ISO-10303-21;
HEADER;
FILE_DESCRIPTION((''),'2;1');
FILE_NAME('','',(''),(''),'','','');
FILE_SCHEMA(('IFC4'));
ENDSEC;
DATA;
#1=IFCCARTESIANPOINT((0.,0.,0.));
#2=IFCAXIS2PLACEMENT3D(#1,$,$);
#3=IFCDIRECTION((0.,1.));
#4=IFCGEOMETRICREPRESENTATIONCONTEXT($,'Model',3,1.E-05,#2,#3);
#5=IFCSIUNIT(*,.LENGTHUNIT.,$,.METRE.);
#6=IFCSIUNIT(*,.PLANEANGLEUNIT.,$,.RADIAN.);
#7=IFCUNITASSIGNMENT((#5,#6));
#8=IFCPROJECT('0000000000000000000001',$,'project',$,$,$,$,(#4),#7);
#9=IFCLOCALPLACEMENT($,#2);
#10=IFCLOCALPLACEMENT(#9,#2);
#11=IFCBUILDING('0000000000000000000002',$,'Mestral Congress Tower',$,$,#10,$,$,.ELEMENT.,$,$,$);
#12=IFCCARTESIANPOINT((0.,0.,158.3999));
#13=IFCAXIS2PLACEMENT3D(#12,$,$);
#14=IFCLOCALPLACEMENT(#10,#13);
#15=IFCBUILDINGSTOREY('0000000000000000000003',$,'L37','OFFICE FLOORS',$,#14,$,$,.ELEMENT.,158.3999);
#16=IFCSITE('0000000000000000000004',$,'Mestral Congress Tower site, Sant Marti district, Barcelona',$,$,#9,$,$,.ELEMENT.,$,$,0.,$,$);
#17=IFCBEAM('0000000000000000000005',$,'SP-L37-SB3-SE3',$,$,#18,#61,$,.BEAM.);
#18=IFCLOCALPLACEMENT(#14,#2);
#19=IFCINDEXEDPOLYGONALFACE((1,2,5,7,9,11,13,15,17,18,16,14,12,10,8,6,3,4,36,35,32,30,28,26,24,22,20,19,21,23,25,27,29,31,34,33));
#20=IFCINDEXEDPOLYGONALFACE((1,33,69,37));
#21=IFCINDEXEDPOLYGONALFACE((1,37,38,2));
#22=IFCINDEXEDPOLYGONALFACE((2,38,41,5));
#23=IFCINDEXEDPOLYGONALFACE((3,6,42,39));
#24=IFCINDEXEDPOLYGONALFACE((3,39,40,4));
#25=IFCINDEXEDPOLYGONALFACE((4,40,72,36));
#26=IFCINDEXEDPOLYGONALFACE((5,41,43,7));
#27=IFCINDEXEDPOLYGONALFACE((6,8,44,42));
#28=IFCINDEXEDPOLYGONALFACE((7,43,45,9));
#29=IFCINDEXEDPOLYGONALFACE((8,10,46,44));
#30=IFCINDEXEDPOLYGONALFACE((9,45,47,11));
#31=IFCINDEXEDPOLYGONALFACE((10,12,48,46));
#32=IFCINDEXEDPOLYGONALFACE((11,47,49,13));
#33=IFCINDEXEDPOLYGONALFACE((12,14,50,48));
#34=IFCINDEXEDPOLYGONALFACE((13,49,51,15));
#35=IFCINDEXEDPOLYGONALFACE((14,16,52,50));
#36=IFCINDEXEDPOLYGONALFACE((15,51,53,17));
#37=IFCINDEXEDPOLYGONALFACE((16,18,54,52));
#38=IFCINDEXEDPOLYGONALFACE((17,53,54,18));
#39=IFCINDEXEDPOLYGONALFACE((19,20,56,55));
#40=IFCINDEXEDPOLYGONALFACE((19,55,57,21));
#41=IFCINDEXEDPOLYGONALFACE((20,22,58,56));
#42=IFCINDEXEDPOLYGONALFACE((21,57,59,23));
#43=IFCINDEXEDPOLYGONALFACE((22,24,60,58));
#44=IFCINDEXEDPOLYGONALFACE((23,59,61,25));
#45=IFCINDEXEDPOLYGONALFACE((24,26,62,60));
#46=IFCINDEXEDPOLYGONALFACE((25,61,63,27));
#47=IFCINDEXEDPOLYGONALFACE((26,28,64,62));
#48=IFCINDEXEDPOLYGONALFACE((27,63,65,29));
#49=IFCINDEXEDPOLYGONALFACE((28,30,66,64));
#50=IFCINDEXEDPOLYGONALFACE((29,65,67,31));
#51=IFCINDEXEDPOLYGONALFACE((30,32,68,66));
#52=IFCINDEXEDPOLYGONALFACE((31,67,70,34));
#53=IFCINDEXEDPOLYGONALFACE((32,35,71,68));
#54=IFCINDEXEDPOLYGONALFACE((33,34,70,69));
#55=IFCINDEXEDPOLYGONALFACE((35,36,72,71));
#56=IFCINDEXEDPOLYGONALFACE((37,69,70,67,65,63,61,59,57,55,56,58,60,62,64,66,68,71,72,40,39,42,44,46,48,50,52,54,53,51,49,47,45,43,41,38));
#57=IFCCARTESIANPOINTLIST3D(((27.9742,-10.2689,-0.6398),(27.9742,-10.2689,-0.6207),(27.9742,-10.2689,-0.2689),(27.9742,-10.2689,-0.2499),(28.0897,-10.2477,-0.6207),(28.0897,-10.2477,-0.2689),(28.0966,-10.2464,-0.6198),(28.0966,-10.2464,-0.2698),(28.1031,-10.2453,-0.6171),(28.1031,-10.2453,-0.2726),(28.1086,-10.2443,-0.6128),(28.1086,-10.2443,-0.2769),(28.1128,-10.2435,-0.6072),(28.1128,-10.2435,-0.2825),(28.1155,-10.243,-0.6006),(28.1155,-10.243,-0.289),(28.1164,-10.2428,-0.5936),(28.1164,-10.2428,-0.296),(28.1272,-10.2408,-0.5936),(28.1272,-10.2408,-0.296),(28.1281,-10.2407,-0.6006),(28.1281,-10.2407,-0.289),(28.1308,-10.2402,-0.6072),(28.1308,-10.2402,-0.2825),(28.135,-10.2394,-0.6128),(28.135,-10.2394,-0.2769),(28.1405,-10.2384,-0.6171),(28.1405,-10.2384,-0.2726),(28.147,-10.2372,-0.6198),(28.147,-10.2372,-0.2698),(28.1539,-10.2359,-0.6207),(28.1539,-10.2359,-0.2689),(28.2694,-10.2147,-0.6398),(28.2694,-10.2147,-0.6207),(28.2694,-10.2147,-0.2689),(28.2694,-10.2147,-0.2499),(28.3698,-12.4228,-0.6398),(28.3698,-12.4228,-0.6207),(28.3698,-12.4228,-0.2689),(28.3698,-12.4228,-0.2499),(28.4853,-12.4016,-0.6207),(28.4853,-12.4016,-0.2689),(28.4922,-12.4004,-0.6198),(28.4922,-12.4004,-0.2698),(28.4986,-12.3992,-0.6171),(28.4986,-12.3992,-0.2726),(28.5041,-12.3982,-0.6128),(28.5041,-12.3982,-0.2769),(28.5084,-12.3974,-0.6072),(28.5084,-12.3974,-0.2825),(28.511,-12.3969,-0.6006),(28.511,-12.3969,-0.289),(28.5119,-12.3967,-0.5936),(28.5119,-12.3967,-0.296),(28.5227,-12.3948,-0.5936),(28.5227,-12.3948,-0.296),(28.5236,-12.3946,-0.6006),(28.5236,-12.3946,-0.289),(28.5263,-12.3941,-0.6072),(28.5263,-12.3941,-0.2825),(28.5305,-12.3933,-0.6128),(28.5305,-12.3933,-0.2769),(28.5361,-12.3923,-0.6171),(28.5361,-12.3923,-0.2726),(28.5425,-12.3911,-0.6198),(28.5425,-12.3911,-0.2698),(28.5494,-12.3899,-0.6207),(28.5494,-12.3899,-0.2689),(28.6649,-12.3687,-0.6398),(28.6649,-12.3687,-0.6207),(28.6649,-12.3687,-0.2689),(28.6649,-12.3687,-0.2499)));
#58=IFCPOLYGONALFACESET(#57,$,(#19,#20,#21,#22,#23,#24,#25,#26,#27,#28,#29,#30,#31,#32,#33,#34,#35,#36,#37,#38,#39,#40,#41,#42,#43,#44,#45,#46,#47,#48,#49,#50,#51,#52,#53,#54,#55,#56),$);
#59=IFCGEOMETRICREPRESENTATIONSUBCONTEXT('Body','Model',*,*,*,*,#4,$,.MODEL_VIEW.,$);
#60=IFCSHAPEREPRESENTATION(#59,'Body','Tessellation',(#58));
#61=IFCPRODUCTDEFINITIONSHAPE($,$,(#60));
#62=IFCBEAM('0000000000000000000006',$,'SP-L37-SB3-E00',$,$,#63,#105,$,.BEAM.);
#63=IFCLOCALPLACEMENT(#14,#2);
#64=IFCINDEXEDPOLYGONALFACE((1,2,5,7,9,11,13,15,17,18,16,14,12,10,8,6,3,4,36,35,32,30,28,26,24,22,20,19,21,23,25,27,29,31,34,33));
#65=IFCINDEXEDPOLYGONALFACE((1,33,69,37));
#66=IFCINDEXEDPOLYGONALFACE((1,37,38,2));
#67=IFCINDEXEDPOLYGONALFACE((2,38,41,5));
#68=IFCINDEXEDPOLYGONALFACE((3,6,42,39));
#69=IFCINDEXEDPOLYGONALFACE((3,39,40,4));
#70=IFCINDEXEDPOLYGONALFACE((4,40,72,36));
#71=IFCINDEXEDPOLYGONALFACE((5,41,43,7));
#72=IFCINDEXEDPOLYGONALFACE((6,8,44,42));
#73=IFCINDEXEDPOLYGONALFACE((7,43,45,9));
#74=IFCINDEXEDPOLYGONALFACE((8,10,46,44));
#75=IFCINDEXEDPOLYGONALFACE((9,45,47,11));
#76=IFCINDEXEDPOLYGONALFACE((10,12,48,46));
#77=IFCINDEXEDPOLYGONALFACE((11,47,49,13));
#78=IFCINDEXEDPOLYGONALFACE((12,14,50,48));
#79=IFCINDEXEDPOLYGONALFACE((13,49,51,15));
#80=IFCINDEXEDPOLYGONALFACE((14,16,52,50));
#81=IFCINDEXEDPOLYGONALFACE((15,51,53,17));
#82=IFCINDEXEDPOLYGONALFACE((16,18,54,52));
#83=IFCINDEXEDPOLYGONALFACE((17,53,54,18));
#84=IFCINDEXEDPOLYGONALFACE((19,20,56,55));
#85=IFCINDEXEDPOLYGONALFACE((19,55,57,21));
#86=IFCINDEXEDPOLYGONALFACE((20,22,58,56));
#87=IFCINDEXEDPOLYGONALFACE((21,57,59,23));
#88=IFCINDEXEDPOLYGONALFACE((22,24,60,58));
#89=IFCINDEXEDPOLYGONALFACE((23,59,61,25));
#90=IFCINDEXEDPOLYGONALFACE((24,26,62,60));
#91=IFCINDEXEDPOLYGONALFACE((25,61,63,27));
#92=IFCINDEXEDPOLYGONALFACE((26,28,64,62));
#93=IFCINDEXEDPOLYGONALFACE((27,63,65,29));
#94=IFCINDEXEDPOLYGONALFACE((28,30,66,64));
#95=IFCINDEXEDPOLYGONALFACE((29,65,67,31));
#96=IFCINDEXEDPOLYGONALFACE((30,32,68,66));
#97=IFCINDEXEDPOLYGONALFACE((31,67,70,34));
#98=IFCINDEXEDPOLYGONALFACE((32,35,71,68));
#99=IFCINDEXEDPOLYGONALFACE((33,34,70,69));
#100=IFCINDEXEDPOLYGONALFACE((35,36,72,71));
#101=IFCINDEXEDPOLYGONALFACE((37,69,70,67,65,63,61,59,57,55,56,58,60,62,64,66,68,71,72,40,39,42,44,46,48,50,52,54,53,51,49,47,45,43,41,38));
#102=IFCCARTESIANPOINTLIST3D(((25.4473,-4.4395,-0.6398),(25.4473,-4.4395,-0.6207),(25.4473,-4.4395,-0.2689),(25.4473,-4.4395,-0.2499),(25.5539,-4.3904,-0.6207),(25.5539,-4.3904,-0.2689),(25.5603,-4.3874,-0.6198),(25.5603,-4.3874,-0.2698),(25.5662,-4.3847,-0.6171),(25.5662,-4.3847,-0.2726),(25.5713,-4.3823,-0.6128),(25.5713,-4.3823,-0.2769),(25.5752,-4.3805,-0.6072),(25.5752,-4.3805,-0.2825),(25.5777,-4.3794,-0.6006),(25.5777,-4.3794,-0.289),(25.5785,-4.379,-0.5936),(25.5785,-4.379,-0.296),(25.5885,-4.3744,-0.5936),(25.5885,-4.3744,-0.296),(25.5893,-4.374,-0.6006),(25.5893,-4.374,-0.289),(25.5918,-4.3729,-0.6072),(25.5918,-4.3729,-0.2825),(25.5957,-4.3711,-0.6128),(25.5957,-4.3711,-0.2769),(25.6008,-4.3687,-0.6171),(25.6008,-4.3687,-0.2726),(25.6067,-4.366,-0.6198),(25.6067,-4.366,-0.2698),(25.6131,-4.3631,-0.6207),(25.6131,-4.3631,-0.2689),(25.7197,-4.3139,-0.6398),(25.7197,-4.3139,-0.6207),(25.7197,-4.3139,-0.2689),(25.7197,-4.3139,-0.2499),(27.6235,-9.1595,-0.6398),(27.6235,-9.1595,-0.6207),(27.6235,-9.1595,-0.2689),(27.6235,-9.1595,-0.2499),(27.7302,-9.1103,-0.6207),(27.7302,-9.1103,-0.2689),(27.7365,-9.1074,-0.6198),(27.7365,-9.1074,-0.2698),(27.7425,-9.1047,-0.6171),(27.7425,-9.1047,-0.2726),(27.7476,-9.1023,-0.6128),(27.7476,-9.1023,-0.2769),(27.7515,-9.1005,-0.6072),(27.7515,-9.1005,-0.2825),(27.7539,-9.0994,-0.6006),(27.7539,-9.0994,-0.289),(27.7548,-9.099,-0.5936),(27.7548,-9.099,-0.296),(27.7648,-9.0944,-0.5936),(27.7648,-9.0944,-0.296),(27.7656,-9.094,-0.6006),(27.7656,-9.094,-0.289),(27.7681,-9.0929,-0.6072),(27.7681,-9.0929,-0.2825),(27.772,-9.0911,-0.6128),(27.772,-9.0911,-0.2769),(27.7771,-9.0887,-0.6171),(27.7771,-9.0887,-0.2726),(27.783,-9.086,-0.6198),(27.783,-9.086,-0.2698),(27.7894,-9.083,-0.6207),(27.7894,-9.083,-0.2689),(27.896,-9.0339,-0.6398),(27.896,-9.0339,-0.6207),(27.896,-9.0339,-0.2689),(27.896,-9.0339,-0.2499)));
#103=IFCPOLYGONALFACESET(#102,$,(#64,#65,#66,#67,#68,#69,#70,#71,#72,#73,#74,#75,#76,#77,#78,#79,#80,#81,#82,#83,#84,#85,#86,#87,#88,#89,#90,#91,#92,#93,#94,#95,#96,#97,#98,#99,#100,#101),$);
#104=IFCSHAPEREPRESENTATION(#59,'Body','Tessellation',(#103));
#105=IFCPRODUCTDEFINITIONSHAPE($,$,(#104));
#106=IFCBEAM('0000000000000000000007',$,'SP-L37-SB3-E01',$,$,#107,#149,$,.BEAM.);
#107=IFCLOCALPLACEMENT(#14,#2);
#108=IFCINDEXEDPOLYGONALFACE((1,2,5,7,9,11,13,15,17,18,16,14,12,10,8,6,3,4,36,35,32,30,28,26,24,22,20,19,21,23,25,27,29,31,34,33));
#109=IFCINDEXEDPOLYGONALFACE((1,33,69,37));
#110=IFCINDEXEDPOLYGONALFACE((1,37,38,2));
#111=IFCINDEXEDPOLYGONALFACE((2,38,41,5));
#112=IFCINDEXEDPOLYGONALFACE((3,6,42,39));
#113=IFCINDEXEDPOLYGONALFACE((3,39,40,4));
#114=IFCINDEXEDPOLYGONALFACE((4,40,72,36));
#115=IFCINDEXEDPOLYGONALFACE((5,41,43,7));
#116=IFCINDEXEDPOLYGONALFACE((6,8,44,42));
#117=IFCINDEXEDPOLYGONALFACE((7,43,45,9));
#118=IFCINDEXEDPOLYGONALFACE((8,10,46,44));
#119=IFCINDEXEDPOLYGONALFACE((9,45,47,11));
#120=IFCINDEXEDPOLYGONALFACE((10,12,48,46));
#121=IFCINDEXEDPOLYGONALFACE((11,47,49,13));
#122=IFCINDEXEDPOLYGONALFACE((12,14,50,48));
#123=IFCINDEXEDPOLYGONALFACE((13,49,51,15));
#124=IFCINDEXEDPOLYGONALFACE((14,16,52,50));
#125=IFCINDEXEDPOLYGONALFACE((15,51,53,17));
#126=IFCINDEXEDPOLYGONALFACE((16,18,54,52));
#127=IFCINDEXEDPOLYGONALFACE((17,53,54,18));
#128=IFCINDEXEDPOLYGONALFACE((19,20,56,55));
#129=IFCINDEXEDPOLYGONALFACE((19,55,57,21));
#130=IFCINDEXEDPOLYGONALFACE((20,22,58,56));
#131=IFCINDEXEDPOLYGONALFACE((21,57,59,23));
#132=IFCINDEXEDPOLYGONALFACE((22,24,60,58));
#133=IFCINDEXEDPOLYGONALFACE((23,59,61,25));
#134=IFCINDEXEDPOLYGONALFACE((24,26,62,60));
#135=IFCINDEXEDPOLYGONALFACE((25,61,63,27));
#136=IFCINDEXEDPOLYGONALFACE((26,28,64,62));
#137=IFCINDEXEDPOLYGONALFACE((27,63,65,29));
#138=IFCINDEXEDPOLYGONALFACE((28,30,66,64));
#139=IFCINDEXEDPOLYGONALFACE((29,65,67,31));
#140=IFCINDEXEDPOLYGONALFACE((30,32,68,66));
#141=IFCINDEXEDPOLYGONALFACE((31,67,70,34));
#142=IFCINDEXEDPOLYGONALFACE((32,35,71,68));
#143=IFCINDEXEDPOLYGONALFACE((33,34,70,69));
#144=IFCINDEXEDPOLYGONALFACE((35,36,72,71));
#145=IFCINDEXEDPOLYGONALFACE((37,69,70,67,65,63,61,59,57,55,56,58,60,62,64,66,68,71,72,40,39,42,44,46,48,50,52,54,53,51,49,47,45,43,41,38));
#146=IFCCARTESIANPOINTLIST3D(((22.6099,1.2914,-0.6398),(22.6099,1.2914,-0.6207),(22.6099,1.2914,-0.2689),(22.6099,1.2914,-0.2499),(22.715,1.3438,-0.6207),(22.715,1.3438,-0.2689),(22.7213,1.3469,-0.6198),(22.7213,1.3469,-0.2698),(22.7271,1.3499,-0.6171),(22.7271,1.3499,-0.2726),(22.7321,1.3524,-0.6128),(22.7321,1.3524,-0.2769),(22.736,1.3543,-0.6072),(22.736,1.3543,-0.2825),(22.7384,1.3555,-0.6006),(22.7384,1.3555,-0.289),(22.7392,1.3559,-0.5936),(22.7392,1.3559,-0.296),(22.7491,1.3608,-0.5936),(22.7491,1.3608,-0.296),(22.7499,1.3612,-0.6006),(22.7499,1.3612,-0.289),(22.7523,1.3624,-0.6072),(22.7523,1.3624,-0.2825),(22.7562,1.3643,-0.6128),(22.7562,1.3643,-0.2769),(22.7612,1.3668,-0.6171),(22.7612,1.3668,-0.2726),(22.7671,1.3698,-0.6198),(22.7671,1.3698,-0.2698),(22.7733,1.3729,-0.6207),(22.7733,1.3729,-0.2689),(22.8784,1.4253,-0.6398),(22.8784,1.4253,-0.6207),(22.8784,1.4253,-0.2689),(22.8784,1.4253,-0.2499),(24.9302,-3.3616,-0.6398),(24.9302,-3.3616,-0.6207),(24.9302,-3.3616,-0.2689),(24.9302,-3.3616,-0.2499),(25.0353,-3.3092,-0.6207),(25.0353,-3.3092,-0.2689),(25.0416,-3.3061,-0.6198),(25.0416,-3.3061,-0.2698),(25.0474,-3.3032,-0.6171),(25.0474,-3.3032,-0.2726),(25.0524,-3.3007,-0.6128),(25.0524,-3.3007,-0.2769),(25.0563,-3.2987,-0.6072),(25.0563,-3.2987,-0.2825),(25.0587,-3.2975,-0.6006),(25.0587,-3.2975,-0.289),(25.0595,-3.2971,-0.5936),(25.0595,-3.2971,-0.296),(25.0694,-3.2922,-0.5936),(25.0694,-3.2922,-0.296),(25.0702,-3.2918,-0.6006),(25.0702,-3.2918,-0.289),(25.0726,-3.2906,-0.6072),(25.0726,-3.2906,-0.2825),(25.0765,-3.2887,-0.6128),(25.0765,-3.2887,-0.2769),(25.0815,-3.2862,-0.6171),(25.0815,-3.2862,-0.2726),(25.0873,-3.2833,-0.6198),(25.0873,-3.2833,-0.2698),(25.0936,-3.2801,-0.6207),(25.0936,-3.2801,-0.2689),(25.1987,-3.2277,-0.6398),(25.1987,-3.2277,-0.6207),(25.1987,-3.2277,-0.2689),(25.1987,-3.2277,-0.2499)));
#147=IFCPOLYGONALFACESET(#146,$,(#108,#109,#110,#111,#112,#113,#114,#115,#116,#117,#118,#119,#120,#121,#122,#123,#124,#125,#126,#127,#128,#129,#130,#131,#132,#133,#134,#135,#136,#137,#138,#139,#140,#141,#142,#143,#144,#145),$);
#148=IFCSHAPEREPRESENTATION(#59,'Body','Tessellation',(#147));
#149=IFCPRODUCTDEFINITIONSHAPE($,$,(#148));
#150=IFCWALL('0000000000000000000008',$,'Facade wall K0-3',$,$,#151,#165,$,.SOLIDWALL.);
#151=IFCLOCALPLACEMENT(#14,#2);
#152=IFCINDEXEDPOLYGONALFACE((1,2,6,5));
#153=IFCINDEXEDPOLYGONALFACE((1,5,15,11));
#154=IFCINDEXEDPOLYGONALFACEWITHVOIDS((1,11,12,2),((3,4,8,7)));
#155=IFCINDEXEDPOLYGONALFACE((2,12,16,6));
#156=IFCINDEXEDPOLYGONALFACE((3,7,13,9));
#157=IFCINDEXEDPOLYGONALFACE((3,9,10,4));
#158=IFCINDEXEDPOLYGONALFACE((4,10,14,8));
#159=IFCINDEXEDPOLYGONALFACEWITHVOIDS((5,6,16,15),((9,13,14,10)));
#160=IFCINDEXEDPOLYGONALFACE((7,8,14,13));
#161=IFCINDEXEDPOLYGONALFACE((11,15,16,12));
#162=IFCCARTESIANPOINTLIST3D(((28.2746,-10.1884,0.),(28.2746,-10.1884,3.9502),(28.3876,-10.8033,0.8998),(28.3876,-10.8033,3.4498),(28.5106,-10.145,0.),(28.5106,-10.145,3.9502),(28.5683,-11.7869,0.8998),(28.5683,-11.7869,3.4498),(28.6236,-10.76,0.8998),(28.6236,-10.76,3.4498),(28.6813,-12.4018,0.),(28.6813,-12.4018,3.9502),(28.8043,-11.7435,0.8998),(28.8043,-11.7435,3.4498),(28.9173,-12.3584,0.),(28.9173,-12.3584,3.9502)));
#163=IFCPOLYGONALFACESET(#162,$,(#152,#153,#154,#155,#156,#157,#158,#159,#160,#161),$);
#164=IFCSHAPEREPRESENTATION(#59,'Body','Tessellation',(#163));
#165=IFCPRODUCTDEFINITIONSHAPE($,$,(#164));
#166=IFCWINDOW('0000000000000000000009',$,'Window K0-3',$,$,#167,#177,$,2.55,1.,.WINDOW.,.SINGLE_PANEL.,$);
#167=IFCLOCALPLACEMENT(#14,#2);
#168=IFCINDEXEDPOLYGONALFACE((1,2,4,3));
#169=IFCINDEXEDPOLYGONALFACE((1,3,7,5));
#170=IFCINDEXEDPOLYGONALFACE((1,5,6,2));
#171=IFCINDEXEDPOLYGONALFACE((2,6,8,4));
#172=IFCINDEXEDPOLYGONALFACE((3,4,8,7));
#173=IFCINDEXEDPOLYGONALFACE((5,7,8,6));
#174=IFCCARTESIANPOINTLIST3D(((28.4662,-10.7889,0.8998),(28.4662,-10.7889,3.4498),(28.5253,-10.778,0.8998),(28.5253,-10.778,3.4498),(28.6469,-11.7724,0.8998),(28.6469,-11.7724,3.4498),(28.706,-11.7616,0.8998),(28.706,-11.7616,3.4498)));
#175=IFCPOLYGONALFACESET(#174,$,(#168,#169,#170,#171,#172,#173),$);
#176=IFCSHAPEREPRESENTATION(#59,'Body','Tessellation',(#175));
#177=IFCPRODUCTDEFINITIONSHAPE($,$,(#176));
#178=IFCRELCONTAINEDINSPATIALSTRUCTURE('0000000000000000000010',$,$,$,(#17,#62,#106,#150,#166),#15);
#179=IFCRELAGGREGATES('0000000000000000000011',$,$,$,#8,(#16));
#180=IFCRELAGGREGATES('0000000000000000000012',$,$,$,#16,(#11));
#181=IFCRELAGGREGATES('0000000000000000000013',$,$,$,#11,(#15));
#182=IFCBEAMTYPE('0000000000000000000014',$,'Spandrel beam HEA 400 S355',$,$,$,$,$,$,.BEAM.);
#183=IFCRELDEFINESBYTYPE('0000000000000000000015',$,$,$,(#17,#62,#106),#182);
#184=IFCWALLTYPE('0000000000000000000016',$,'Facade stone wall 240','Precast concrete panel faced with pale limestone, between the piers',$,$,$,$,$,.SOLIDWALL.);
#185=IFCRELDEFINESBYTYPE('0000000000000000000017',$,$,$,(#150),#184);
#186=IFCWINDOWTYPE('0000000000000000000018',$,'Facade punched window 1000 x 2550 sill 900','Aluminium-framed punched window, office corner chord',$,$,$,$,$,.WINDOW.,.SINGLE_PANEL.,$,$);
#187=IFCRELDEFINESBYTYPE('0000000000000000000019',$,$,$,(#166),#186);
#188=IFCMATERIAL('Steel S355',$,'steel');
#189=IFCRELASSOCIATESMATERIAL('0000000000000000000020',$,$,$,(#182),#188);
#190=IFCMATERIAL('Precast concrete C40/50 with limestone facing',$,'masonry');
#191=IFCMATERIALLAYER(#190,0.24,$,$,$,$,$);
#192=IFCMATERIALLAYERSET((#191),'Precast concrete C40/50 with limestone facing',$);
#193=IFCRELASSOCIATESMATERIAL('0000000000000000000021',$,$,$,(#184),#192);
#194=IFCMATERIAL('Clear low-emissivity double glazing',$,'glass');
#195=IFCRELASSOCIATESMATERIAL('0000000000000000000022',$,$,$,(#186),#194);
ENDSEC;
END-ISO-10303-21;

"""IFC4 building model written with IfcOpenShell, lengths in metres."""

from ifc_helpers import new_model, si_unit, direction, frame, frame_2d, origin, origin_2d, place, context, subcontext, project, spatial, rectangle, i_section, extrude, material, layer, layer_set, material_profile, profile_set, type_object, element, fill, save


model = new_model("IFC4")

# Units and contexts
model_context = context("Model", 3, precision=1e-05, world=origin(), true_north=direction((0.0, 1.0)))
body_context = subcontext(model_context, "Body", "Model", "MODEL_VIEW")
ifc_project = project(units=[si_unit("LENGTHUNIT", "METRE"), si_unit("PLANEANGLEUNIT", "RADIAN")], contexts=[model_context])

# Site, building, storey
site_placement = place(None, origin())
site = spatial("IfcSite", under=ifc_project, at=site_placement, Name="Mestral Congress Tower site, Sant Marti district, Barcelona", CompositionType="ELEMENT", RefElevation=0.0)
building_placement = place(site_placement, origin())
building = spatial("IfcBuilding", under=site, at=building_placement, Name="Mestral Congress Tower", CompositionType="ELEMENT")
storey_placement = place(building_placement, frame((0.0, 0.0, 158.3999)))
storey = spatial("IfcBuildingStorey", under=building, at=storey_placement, Name="L37", Description="OFFICE FLOORS", CompositionType="ELEMENT", Elevation=158.3999)

# Beams
ifc_material_1 = material(Name="Steel S355", Category="steel")
ifc_material_profile_1 = material_profile(ifc_material_1, i_section(OverallWidth=0.3, OverallDepth=0.3899, WebThickness=0.011, FlangeThickness=0.019, FilletRadius=0.0271, at=origin_2d()), Name="HEA 400")
ifc_profile_set_1 = profile_set([ifc_material_profile_1], Name="Steel S355")
beam_type_1 = type_object("IfcBeamType", Name="Spandrel beam HEA 400 S355", PredefinedType="BEAM", material=ifc_profile_set_1)
beam_1_placement = place(storey_placement, frame((28.5173, -12.3958, -0.4448), z_axis=(-0.180612, 0.983554, 0.0), x_axis=(-0.983554, -0.180612, 0.0)))
element("IfcBeam", 1, at=beam_1_placement, inside=storey, type_object=beam_type_1, Name="SP-L37-SB3-SE3", PredefinedType="BEAM", context=body_context, shape_type="SweptSolid", body=[
    extrude(i_section(OverallWidth=0.3, OverallDepth=0.3899, WebThickness=0.011, FlangeThickness=0.019, FilletRadius=0.0271, at=origin_2d()), origin(), (0.0, 0.0, 1.0), 2.1899),
])
beam_2_placement = place(storey_placement, frame((27.7598, -9.0967, -0.4448), z_axis=(-0.418713, 0.908119, 0.0), x_axis=(-0.908119, -0.418713, 0.0)))
element("IfcBeam", 2, at=beam_2_placement, inside=storey, type_object=beam_type_1, Name="SP-L37-SB3-E00", PredefinedType="BEAM", context=body_context, shape_type="SweptSolid", body=[
    extrude(i_section(OverallWidth=0.3, OverallDepth=0.3899, WebThickness=0.011, FlangeThickness=0.019, FilletRadius=0.0271, at=origin_2d()), origin(), (0.0, 0.0, 1.0), 5.1975),
])
beam_3_placement = place(storey_placement, frame((25.0645, -3.2947, -0.4448), z_axis=(-0.446255, 0.894906, 0.0), x_axis=(-0.894906, -0.446255, 0.0)))
element("IfcBeam", 3, at=beam_3_placement, inside=storey, type_object=beam_type_1, Name="SP-L37-SB3-E01", PredefinedType="BEAM", context=body_context, shape_type="SweptSolid", body=[
    extrude(i_section(OverallWidth=0.3, OverallDepth=0.3899, WebThickness=0.011, FlangeThickness=0.019, FilletRadius=0.0271, at=origin_2d()), origin(), (0.0, 0.0, 1.0), 5.1995),
])

# Wall, opening, window
ifc_material_2 = material(Name="Precast concrete C40/50 with limestone facing", Category="masonry")
ifc_layer_1 = layer(ifc_material_2, 0.24)
ifc_layer_set_1 = layer_set([ifc_layer_1], Name="Precast concrete C40/50 with limestone facing")
wall_type_1 = type_object("IfcWallType", Name="Facade stone wall 240", Description="Precast concrete panel faced with pale limestone, between the piers", PredefinedType="SOLIDWALL", material=ifc_layer_set_1)
wall_1_placement = place(storey_placement, frame((28.7993, -12.3801, 0.0), z_axis=(0.0, 0.0, 1.0), x_axis=(-0.180737, 0.983531, 0.0)))
wall_1 = element("IfcWall", 4, at=wall_1_placement, inside=storey, type_object=wall_type_1, Name="Facade wall K0-3", PredefinedType="SOLIDWALL", context=body_context, shape_type="SweptSolid", body=[
    extrude(rectangle(XDim=2.2505, YDim=0.24, at=frame_2d((1.1252, 0.0))), origin(), (0.0, 0.0, 1.0), 3.9502),
])
opening_1_placement = place(wall_1_placement, frame((0.6252, 0.0, 0.8999)))
opening_1 = element("IfcOpeningElement", 5, at=opening_1_placement, cuts=wall_1, PredefinedType="OPENING", context=body_context, shape_type="SweptSolid", body=[
    extrude(rectangle(XDim=1.0, YDim=2.55, at=frame_2d((0.5, 1.2749))), frame((0.0, 0.1299, 0.0), z_axis=(0.0, -1.0, 0.0), x_axis=(1.0, 0.0, 0.0)), (0.0, 0.0, 1.0), 0.26),
])
ifc_material_3 = material(Name="Clear low-emissivity double glazing", Category="glass")
window_type_1 = type_object("IfcWindowType", Name="Facade punched window 1000 x 2550 sill 900", Description="Aluminium-framed punched window, office corner chord", PartitioningType="SINGLE_PANEL", PredefinedType="WINDOW", material=ifc_material_3)
window_1_placement = place(opening_1_placement, origin())
window_1 = element("IfcWindow", 6, at=window_1_placement, inside=storey, type_object=window_type_1, Name="Window K0-3", OverallHeight=2.55, OverallWidth=1.0, PartitioningType="SINGLE_PANEL", PredefinedType="WINDOW", context=body_context, shape_type="SweptSolid", body=[
    extrude(rectangle(XDim=1.0, YDim=2.55, at=frame_2d((0.5, 1.2749))), frame((0.0, 0.04, 0.0), z_axis=(0.0, -1.0, 0.0), x_axis=(1.0, 0.0, 0.0)), (0.0, 0.0, 1.0), 0.0601),
])
fill(opening_1, window_1)

save(model, "model.ifc")
